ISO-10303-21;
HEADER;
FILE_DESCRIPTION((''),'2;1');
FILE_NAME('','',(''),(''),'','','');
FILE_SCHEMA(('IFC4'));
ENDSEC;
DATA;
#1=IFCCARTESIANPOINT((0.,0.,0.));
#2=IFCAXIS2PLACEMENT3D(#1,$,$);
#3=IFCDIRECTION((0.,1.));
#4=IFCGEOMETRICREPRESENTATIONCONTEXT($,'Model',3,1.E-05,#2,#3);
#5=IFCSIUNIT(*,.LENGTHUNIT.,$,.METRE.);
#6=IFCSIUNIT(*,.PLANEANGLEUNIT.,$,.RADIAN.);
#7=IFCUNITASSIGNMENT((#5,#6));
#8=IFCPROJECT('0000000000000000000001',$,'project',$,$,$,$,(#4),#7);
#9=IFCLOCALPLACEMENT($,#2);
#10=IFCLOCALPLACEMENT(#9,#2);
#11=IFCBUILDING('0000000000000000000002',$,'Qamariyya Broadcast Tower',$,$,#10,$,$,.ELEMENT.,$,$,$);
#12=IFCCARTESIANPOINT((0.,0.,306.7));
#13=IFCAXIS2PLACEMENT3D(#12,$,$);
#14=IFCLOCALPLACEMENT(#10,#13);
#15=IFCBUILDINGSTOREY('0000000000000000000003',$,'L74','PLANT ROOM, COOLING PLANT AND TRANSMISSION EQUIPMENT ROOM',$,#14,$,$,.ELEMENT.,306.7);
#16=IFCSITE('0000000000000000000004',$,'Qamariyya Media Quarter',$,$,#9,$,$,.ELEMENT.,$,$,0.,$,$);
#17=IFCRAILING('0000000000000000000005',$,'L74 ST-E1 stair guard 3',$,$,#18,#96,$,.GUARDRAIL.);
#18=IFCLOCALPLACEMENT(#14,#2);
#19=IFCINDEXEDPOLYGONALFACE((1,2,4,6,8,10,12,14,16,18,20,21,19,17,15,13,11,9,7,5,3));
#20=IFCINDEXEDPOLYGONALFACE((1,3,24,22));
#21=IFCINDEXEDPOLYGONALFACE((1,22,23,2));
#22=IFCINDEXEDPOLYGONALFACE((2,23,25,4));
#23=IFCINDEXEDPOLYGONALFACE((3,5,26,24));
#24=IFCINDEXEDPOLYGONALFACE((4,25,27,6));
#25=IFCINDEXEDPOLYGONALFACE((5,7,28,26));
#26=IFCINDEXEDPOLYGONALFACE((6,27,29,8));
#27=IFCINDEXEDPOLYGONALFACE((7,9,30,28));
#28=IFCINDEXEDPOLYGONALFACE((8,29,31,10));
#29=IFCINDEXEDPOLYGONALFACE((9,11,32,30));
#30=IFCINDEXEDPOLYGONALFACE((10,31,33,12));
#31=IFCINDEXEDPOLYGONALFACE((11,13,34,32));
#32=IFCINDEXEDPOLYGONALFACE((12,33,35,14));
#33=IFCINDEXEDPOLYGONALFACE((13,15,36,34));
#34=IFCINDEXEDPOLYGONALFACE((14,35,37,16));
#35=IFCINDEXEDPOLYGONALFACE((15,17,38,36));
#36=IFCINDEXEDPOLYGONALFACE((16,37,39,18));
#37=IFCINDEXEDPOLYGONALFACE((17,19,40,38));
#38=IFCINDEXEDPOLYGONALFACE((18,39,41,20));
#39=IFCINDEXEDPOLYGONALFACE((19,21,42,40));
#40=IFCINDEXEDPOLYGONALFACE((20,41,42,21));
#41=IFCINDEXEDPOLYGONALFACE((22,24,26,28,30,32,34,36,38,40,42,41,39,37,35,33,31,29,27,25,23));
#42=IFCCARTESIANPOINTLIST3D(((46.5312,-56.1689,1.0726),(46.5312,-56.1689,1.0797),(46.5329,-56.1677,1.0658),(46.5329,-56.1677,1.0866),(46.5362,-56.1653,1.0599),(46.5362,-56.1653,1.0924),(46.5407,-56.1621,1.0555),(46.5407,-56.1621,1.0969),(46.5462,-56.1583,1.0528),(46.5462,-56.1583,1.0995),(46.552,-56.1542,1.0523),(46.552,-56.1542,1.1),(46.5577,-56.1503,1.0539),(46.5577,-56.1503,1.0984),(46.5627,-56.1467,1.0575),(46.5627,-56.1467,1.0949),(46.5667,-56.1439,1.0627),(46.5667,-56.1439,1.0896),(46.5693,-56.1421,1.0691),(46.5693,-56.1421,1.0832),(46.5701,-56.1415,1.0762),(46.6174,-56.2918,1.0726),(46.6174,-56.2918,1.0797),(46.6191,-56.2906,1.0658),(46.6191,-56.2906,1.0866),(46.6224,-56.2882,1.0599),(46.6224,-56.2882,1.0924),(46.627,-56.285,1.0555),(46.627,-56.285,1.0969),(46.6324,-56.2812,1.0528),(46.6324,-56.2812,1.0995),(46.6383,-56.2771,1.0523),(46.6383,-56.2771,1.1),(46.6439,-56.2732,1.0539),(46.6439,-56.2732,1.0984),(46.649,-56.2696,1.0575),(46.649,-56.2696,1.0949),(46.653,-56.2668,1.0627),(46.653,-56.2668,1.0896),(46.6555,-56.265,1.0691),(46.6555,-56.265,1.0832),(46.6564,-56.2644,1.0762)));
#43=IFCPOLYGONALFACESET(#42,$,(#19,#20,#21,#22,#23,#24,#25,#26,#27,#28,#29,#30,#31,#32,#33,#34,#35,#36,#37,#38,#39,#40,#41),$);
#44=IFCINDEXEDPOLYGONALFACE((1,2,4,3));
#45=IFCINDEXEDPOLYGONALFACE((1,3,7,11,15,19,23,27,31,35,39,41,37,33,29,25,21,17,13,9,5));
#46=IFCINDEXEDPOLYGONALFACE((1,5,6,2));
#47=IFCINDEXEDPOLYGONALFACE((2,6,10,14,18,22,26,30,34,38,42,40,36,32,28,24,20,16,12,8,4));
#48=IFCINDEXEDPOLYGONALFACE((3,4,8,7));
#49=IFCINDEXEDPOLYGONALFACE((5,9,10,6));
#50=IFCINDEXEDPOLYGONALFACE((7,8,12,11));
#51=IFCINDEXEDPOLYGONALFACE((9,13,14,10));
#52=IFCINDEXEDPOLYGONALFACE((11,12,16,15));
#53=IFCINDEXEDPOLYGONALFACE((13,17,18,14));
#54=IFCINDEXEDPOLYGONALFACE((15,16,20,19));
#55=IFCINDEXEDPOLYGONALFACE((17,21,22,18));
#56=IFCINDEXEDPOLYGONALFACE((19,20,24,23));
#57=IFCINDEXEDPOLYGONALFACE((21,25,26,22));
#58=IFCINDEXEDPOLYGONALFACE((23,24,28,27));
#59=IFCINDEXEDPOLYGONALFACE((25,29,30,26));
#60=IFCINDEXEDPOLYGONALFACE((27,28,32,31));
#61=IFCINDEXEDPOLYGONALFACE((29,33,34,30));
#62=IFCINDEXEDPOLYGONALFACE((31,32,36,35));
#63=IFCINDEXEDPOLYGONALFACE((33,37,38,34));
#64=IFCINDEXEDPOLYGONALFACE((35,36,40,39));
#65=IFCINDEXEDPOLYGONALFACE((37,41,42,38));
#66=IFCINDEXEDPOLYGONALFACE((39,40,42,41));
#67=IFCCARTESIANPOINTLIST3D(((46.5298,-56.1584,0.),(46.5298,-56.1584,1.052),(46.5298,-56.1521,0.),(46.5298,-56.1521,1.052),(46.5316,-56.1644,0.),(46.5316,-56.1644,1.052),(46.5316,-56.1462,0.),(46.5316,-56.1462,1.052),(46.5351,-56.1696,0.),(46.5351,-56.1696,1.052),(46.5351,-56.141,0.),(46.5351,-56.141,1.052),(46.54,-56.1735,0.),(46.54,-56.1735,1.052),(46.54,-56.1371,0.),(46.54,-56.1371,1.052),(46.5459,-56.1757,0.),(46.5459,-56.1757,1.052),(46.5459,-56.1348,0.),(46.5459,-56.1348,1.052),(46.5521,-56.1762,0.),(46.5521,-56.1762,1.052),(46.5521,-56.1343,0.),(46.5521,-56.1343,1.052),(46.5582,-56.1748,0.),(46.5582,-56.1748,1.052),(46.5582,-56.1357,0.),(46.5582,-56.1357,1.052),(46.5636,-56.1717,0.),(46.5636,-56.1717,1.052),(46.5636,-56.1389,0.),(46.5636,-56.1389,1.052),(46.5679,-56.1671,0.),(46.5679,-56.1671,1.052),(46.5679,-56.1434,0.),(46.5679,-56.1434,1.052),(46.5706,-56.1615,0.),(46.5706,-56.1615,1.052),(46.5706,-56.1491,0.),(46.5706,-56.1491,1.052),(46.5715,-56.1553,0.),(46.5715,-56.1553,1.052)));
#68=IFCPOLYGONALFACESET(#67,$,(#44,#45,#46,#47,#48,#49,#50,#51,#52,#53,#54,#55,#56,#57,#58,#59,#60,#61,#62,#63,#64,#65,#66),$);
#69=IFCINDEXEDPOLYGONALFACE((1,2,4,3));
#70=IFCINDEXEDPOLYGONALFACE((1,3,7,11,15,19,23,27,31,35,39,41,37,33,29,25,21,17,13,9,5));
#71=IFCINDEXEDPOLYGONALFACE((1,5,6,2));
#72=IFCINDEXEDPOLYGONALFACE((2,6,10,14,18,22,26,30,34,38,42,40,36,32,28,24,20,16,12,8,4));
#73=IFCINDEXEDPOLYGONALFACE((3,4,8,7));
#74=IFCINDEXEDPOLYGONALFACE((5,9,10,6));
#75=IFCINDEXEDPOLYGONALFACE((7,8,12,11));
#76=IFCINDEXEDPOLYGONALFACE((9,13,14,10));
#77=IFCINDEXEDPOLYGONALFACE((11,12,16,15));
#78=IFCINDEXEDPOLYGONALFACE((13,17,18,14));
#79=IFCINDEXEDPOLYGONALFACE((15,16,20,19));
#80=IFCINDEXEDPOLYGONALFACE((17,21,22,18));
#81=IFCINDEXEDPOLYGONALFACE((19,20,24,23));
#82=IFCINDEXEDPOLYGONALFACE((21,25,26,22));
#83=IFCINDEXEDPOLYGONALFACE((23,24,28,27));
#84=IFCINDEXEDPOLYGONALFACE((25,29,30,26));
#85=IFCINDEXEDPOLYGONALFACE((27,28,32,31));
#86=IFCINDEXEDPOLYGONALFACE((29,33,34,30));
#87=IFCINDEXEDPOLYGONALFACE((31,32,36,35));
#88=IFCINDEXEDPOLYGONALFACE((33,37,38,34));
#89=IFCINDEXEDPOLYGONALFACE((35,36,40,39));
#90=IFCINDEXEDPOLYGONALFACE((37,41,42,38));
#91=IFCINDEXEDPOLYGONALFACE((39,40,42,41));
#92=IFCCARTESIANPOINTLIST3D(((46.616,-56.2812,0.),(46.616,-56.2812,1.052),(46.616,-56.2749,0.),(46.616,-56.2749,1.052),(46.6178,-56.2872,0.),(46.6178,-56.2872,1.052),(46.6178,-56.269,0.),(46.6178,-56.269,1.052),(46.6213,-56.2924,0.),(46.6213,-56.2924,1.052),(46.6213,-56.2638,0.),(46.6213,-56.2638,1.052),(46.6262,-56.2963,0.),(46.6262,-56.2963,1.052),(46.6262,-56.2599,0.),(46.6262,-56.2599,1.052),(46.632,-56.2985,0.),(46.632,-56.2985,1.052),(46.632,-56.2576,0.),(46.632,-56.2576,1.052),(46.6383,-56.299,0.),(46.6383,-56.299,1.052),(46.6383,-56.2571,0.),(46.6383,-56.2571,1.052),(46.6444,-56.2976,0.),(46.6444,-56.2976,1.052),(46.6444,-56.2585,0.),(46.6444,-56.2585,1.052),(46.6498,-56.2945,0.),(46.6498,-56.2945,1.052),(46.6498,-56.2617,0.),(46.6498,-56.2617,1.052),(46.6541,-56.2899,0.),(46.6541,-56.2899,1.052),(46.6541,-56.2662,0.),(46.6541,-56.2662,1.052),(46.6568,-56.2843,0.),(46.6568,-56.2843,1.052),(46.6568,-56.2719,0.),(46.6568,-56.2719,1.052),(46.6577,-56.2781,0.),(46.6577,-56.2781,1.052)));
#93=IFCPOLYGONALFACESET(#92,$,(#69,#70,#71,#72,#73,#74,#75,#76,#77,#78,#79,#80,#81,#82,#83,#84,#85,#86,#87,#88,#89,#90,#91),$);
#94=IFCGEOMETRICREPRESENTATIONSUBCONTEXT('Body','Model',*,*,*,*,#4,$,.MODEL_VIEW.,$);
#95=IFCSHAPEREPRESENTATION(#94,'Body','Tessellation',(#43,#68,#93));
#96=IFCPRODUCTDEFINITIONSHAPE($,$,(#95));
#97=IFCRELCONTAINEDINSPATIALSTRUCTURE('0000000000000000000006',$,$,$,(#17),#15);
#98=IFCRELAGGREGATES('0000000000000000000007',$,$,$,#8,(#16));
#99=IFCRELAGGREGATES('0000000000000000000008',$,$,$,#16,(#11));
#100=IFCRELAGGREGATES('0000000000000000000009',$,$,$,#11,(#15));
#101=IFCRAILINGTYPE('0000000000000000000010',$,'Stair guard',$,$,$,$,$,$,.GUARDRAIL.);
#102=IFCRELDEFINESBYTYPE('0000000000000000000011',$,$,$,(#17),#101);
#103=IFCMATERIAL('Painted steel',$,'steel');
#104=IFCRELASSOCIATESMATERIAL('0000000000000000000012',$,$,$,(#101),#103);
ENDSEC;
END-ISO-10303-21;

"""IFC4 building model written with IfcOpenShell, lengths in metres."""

from ifc_helpers import new_model, si_unit, direction, frame, origin, origin_2d, place, context, subcontext, project, spatial, circle, extrude, material, type_object, element, save


model = new_model("IFC4")

# Units and contexts
model_context = context("Model", 3, precision=1e-05, world=origin(), true_north=direction((0.0, 1.0)))
body_context = subcontext(model_context, "Body", "Model", "MODEL_VIEW")
ifc_project = project(units=[si_unit("LENGTHUNIT", "METRE"), si_unit("PLANEANGLEUNIT", "RADIAN")], contexts=[model_context])

# Site, building, storey
site_placement = place(None, origin())
site = spatial("IfcSite", under=ifc_project, at=site_placement, Name="Qamariyya Media Quarter", CompositionType="ELEMENT", RefElevation=0.0)
building_placement = place(site_placement, origin())
building = spatial("IfcBuilding", under=site, at=building_placement, Name="Qamariyya Broadcast Tower", CompositionType="ELEMENT")
storey_placement = place(building_placement, frame((0.0, 0.0, 306.7)))
storey = spatial("IfcBuildingStorey", under=building, at=storey_placement, Name="L74", Description="PLANT ROOM, COOLING PLANT AND TRANSMISSION EQUIPMENT ROOM", CompositionType="ELEMENT", Elevation=306.7)

# Railing
ifc_material_1 = material(Name="Painted steel", Category="steel")
railing_type_1 = type_object("IfcRailingType", Name="Stair guard", PredefinedType="GUARDRAIL", material=ifc_material_1)
railing_1_placement = place(storey_placement, frame((46.5505, -56.1553, 0.0)))
element("IfcRailing", 1, at=railing_1_placement, inside=storey, type_object=railing_type_1, Name="L74 ST-E1 stair guard 3", PredefinedType="GUARDRAIL", context=body_context, shape_type="SweptSolid", body=[
    extrude(circle(Radius=0.0239, at=origin_2d()), frame((0.0, 0.0, 1.0762), z_axis=(0.574445, -0.818543, 0.0), x_axis=(0.818543, 0.574445, 0.0)), (0.0, 0.0, 1.0), 0.1501),
    extrude(circle(Radius=0.021, at=origin_2d()), origin(), (0.0, 0.0, 1.0), 1.052),
    extrude(circle(Radius=0.021, at=origin_2d()), frame((0.0862, -0.1228, 0.0)), (0.0, 0.0, 1.0), 1.052),
])

save(model, "model.ifc")
